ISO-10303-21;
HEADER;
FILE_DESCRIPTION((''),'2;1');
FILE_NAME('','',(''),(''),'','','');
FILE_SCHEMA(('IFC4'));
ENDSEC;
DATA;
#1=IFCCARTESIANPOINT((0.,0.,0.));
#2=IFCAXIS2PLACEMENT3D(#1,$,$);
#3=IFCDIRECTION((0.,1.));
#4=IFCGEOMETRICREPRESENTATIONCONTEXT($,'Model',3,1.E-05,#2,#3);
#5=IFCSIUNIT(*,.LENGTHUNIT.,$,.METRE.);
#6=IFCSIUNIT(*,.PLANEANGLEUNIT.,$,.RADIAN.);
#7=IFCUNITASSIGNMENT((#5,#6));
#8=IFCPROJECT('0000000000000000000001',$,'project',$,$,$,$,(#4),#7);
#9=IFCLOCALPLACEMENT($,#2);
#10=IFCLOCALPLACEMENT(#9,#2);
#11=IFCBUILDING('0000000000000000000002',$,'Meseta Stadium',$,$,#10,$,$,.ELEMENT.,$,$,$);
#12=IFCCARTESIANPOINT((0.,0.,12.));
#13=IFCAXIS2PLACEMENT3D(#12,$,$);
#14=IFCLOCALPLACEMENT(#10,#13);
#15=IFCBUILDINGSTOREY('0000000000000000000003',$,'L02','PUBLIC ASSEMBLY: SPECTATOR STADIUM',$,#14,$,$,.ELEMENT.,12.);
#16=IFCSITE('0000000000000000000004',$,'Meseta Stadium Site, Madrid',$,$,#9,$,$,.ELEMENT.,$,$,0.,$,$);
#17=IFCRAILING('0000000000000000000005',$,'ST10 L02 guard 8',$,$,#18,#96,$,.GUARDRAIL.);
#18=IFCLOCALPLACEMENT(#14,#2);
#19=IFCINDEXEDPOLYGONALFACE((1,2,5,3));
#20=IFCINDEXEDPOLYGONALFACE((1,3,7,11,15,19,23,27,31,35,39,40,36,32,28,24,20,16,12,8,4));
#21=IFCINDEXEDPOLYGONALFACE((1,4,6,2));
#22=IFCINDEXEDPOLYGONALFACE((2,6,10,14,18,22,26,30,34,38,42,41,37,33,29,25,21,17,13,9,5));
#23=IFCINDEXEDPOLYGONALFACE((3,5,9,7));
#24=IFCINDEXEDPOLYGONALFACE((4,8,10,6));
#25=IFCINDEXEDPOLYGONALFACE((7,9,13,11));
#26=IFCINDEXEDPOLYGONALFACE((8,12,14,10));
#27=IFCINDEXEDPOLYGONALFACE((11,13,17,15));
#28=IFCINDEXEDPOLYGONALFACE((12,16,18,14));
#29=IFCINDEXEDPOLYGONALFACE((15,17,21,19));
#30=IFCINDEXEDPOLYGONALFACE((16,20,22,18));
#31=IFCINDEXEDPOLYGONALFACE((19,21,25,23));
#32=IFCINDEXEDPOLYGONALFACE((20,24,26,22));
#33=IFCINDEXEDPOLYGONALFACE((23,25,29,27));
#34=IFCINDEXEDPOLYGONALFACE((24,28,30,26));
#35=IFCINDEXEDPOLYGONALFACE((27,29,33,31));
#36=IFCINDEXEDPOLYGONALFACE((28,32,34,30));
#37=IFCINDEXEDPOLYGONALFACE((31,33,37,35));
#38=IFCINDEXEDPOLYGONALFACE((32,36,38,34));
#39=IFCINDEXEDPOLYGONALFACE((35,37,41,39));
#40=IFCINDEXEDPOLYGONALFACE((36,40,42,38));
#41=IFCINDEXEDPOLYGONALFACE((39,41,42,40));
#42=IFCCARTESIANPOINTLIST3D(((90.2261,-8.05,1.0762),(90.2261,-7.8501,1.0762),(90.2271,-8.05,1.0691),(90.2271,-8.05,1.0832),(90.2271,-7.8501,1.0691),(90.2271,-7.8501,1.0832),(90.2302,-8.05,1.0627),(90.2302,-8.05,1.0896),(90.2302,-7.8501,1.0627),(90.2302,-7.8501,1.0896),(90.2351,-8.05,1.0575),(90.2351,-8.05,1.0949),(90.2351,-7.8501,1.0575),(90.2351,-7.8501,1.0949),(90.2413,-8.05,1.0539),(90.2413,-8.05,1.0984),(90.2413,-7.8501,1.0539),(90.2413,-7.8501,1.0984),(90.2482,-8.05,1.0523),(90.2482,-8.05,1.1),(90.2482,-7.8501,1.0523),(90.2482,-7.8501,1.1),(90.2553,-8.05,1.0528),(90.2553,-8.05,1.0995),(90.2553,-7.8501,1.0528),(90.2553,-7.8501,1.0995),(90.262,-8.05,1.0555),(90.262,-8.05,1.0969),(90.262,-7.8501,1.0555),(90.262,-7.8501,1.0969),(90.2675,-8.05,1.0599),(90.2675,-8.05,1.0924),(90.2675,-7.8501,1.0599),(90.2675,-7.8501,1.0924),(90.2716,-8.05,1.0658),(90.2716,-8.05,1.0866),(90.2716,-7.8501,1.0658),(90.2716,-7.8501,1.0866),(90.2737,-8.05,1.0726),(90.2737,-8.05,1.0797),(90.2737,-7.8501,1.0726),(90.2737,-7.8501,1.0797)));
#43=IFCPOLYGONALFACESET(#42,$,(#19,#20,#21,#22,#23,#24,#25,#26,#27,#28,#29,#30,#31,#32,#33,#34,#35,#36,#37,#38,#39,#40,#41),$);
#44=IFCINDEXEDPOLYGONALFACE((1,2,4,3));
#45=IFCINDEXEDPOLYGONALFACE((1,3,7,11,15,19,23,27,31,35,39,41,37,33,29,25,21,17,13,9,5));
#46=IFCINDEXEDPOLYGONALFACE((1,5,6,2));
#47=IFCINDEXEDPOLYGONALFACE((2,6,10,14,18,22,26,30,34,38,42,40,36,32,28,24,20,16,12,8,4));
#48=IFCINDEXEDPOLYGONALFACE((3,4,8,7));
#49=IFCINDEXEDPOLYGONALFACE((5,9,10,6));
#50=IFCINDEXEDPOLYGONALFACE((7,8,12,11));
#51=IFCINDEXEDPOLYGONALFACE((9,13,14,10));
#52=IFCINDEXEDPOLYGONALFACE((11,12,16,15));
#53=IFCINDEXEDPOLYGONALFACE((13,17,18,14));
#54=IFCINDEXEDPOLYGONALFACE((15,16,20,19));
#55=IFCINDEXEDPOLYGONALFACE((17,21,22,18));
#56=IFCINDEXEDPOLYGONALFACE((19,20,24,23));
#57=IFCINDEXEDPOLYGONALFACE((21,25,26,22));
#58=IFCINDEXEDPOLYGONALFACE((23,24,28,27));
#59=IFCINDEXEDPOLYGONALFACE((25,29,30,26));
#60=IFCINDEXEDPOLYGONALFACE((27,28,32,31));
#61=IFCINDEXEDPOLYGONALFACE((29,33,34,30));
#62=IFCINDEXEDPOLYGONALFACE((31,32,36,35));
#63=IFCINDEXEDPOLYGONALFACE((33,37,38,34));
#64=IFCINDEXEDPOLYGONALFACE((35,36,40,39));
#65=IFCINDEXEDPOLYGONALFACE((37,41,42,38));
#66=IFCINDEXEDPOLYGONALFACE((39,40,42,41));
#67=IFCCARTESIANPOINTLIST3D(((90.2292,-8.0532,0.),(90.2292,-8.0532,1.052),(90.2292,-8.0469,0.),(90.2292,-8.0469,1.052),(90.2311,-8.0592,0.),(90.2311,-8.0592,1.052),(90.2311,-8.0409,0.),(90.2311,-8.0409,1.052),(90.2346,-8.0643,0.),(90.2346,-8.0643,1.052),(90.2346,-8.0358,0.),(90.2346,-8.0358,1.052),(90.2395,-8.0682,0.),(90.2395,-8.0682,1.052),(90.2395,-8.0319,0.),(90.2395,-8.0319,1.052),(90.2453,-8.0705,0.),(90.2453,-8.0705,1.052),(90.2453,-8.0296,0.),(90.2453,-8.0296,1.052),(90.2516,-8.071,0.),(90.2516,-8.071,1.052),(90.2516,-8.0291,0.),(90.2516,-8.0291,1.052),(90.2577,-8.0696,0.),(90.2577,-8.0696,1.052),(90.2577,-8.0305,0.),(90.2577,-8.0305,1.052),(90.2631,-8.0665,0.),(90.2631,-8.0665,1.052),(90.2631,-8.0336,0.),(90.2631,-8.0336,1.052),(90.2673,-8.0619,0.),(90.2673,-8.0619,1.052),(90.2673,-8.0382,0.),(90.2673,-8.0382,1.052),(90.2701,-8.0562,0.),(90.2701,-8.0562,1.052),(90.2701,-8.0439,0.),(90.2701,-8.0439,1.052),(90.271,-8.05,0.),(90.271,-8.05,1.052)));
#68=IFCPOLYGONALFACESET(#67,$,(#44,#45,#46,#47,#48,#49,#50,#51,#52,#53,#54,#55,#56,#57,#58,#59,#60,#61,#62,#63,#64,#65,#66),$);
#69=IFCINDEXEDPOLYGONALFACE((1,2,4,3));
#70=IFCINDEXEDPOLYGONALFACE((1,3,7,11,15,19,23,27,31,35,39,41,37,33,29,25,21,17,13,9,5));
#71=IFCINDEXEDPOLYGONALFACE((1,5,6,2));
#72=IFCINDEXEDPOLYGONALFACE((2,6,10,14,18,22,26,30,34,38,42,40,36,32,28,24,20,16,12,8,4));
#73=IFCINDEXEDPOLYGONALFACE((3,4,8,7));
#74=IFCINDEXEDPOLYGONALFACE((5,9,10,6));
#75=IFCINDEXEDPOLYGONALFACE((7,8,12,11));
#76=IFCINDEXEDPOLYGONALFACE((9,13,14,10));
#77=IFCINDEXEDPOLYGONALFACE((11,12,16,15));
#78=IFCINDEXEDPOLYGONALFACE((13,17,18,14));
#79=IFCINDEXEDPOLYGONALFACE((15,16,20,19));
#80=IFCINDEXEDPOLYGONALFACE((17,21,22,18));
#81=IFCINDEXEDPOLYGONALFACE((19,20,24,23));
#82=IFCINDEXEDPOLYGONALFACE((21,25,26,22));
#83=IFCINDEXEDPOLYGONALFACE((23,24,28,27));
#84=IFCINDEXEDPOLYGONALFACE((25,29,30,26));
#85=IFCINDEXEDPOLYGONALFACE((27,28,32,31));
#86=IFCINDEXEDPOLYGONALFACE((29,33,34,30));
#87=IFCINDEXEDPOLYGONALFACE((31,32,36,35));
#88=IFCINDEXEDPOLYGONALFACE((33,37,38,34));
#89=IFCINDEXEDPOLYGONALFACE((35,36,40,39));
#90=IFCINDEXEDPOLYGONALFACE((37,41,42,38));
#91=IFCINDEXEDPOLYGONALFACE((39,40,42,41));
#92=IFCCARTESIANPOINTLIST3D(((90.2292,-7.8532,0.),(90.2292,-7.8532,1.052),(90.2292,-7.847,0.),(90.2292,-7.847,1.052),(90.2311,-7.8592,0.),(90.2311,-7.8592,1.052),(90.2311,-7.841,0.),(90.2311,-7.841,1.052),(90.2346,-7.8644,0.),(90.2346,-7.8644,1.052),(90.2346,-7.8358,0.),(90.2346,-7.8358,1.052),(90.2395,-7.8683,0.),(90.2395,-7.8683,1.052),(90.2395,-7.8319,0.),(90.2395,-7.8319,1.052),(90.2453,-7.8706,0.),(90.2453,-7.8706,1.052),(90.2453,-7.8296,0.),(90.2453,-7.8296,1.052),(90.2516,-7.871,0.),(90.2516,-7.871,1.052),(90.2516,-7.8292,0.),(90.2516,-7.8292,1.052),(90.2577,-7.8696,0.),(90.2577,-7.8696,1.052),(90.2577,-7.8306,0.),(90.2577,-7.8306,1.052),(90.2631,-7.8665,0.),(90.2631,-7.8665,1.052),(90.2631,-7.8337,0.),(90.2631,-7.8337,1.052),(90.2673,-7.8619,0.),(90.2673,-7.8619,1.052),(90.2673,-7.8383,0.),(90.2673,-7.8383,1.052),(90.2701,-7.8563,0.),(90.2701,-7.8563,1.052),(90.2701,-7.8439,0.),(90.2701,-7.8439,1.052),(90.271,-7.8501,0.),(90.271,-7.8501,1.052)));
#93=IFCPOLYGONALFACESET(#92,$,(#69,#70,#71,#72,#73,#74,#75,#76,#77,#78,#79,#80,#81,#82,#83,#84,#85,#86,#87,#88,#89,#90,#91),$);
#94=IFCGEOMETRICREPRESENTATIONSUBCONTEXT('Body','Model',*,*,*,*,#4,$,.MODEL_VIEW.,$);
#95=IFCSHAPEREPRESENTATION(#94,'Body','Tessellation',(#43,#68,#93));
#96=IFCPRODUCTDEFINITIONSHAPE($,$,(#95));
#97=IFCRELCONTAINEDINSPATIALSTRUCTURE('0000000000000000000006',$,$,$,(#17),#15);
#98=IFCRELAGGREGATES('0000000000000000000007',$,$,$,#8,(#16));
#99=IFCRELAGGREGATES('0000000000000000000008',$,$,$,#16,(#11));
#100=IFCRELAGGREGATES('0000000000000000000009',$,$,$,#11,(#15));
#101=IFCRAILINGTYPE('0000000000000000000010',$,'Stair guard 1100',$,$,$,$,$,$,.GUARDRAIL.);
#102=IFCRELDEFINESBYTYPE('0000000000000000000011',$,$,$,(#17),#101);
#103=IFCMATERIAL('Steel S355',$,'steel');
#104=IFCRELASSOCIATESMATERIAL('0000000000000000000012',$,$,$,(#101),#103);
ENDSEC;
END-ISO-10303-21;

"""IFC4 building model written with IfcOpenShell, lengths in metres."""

from ifc_helpers import new_model, si_unit, direction, frame, origin, origin_2d, place, context, subcontext, project, spatial, circle, extrude, material, type_object, element, save


model = new_model("IFC4")

# Units and contexts
model_context = context("Model", 3, precision=1e-05, world=origin(), true_north=direction((0.0, 1.0)))
body_context = subcontext(model_context, "Body", "Model", "MODEL_VIEW")
ifc_project = project(units=[si_unit("LENGTHUNIT", "METRE"), si_unit("PLANEANGLEUNIT", "RADIAN")], contexts=[model_context])

# Site, building, storey
site_placement = place(None, origin())
site = spatial("IfcSite", under=ifc_project, at=site_placement, Name="Meseta Stadium Site, Madrid", CompositionType="ELEMENT", RefElevation=0.0)
building_placement = place(site_placement, origin())
building = spatial("IfcBuilding", under=site, at=building_placement, Name="Meseta Stadium", CompositionType="ELEMENT")
storey_placement = place(building_placement, frame((0.0, 0.0, 12.0)))
storey = spatial("IfcBuildingStorey", under=building, at=storey_placement, Name="L02", Description="PUBLIC ASSEMBLY: SPECTATOR STADIUM", CompositionType="ELEMENT", Elevation=12.0)

# Railing
ifc_material_1 = material(Name="Steel S355", Category="steel")
railing_type_1 = type_object("IfcRailingType", Name="Stair guard 1100", PredefinedType="GUARDRAIL", material=ifc_material_1)
railing_1_placement = place(storey_placement, frame((90.25, -8.05, 0.0)))
element("IfcRailing", 1, at=railing_1_placement, inside=storey, type_object=railing_type_1, Name="ST10 L02 guard 8", PredefinedType="GUARDRAIL", context=body_context, shape_type="SweptSolid", body=[
    extrude(circle(Radius=0.0239, at=origin_2d()), frame((0.0, 0.0, 1.0762), z_axis=(0.0, 1.0, 0.0), x_axis=(-1.0, 0.0, 0.0)), (0.0, 0.0, 1.0), 0.2),
    extrude(circle(Radius=0.021, at=origin_2d()), origin(), (0.0, 0.0, 1.0), 1.052),
    extrude(circle(Radius=0.021, at=origin_2d()), frame((0.0, 0.2, 0.0)), (0.0, 0.0, 1.0), 1.052),
])

save(model, "model.ifc")
